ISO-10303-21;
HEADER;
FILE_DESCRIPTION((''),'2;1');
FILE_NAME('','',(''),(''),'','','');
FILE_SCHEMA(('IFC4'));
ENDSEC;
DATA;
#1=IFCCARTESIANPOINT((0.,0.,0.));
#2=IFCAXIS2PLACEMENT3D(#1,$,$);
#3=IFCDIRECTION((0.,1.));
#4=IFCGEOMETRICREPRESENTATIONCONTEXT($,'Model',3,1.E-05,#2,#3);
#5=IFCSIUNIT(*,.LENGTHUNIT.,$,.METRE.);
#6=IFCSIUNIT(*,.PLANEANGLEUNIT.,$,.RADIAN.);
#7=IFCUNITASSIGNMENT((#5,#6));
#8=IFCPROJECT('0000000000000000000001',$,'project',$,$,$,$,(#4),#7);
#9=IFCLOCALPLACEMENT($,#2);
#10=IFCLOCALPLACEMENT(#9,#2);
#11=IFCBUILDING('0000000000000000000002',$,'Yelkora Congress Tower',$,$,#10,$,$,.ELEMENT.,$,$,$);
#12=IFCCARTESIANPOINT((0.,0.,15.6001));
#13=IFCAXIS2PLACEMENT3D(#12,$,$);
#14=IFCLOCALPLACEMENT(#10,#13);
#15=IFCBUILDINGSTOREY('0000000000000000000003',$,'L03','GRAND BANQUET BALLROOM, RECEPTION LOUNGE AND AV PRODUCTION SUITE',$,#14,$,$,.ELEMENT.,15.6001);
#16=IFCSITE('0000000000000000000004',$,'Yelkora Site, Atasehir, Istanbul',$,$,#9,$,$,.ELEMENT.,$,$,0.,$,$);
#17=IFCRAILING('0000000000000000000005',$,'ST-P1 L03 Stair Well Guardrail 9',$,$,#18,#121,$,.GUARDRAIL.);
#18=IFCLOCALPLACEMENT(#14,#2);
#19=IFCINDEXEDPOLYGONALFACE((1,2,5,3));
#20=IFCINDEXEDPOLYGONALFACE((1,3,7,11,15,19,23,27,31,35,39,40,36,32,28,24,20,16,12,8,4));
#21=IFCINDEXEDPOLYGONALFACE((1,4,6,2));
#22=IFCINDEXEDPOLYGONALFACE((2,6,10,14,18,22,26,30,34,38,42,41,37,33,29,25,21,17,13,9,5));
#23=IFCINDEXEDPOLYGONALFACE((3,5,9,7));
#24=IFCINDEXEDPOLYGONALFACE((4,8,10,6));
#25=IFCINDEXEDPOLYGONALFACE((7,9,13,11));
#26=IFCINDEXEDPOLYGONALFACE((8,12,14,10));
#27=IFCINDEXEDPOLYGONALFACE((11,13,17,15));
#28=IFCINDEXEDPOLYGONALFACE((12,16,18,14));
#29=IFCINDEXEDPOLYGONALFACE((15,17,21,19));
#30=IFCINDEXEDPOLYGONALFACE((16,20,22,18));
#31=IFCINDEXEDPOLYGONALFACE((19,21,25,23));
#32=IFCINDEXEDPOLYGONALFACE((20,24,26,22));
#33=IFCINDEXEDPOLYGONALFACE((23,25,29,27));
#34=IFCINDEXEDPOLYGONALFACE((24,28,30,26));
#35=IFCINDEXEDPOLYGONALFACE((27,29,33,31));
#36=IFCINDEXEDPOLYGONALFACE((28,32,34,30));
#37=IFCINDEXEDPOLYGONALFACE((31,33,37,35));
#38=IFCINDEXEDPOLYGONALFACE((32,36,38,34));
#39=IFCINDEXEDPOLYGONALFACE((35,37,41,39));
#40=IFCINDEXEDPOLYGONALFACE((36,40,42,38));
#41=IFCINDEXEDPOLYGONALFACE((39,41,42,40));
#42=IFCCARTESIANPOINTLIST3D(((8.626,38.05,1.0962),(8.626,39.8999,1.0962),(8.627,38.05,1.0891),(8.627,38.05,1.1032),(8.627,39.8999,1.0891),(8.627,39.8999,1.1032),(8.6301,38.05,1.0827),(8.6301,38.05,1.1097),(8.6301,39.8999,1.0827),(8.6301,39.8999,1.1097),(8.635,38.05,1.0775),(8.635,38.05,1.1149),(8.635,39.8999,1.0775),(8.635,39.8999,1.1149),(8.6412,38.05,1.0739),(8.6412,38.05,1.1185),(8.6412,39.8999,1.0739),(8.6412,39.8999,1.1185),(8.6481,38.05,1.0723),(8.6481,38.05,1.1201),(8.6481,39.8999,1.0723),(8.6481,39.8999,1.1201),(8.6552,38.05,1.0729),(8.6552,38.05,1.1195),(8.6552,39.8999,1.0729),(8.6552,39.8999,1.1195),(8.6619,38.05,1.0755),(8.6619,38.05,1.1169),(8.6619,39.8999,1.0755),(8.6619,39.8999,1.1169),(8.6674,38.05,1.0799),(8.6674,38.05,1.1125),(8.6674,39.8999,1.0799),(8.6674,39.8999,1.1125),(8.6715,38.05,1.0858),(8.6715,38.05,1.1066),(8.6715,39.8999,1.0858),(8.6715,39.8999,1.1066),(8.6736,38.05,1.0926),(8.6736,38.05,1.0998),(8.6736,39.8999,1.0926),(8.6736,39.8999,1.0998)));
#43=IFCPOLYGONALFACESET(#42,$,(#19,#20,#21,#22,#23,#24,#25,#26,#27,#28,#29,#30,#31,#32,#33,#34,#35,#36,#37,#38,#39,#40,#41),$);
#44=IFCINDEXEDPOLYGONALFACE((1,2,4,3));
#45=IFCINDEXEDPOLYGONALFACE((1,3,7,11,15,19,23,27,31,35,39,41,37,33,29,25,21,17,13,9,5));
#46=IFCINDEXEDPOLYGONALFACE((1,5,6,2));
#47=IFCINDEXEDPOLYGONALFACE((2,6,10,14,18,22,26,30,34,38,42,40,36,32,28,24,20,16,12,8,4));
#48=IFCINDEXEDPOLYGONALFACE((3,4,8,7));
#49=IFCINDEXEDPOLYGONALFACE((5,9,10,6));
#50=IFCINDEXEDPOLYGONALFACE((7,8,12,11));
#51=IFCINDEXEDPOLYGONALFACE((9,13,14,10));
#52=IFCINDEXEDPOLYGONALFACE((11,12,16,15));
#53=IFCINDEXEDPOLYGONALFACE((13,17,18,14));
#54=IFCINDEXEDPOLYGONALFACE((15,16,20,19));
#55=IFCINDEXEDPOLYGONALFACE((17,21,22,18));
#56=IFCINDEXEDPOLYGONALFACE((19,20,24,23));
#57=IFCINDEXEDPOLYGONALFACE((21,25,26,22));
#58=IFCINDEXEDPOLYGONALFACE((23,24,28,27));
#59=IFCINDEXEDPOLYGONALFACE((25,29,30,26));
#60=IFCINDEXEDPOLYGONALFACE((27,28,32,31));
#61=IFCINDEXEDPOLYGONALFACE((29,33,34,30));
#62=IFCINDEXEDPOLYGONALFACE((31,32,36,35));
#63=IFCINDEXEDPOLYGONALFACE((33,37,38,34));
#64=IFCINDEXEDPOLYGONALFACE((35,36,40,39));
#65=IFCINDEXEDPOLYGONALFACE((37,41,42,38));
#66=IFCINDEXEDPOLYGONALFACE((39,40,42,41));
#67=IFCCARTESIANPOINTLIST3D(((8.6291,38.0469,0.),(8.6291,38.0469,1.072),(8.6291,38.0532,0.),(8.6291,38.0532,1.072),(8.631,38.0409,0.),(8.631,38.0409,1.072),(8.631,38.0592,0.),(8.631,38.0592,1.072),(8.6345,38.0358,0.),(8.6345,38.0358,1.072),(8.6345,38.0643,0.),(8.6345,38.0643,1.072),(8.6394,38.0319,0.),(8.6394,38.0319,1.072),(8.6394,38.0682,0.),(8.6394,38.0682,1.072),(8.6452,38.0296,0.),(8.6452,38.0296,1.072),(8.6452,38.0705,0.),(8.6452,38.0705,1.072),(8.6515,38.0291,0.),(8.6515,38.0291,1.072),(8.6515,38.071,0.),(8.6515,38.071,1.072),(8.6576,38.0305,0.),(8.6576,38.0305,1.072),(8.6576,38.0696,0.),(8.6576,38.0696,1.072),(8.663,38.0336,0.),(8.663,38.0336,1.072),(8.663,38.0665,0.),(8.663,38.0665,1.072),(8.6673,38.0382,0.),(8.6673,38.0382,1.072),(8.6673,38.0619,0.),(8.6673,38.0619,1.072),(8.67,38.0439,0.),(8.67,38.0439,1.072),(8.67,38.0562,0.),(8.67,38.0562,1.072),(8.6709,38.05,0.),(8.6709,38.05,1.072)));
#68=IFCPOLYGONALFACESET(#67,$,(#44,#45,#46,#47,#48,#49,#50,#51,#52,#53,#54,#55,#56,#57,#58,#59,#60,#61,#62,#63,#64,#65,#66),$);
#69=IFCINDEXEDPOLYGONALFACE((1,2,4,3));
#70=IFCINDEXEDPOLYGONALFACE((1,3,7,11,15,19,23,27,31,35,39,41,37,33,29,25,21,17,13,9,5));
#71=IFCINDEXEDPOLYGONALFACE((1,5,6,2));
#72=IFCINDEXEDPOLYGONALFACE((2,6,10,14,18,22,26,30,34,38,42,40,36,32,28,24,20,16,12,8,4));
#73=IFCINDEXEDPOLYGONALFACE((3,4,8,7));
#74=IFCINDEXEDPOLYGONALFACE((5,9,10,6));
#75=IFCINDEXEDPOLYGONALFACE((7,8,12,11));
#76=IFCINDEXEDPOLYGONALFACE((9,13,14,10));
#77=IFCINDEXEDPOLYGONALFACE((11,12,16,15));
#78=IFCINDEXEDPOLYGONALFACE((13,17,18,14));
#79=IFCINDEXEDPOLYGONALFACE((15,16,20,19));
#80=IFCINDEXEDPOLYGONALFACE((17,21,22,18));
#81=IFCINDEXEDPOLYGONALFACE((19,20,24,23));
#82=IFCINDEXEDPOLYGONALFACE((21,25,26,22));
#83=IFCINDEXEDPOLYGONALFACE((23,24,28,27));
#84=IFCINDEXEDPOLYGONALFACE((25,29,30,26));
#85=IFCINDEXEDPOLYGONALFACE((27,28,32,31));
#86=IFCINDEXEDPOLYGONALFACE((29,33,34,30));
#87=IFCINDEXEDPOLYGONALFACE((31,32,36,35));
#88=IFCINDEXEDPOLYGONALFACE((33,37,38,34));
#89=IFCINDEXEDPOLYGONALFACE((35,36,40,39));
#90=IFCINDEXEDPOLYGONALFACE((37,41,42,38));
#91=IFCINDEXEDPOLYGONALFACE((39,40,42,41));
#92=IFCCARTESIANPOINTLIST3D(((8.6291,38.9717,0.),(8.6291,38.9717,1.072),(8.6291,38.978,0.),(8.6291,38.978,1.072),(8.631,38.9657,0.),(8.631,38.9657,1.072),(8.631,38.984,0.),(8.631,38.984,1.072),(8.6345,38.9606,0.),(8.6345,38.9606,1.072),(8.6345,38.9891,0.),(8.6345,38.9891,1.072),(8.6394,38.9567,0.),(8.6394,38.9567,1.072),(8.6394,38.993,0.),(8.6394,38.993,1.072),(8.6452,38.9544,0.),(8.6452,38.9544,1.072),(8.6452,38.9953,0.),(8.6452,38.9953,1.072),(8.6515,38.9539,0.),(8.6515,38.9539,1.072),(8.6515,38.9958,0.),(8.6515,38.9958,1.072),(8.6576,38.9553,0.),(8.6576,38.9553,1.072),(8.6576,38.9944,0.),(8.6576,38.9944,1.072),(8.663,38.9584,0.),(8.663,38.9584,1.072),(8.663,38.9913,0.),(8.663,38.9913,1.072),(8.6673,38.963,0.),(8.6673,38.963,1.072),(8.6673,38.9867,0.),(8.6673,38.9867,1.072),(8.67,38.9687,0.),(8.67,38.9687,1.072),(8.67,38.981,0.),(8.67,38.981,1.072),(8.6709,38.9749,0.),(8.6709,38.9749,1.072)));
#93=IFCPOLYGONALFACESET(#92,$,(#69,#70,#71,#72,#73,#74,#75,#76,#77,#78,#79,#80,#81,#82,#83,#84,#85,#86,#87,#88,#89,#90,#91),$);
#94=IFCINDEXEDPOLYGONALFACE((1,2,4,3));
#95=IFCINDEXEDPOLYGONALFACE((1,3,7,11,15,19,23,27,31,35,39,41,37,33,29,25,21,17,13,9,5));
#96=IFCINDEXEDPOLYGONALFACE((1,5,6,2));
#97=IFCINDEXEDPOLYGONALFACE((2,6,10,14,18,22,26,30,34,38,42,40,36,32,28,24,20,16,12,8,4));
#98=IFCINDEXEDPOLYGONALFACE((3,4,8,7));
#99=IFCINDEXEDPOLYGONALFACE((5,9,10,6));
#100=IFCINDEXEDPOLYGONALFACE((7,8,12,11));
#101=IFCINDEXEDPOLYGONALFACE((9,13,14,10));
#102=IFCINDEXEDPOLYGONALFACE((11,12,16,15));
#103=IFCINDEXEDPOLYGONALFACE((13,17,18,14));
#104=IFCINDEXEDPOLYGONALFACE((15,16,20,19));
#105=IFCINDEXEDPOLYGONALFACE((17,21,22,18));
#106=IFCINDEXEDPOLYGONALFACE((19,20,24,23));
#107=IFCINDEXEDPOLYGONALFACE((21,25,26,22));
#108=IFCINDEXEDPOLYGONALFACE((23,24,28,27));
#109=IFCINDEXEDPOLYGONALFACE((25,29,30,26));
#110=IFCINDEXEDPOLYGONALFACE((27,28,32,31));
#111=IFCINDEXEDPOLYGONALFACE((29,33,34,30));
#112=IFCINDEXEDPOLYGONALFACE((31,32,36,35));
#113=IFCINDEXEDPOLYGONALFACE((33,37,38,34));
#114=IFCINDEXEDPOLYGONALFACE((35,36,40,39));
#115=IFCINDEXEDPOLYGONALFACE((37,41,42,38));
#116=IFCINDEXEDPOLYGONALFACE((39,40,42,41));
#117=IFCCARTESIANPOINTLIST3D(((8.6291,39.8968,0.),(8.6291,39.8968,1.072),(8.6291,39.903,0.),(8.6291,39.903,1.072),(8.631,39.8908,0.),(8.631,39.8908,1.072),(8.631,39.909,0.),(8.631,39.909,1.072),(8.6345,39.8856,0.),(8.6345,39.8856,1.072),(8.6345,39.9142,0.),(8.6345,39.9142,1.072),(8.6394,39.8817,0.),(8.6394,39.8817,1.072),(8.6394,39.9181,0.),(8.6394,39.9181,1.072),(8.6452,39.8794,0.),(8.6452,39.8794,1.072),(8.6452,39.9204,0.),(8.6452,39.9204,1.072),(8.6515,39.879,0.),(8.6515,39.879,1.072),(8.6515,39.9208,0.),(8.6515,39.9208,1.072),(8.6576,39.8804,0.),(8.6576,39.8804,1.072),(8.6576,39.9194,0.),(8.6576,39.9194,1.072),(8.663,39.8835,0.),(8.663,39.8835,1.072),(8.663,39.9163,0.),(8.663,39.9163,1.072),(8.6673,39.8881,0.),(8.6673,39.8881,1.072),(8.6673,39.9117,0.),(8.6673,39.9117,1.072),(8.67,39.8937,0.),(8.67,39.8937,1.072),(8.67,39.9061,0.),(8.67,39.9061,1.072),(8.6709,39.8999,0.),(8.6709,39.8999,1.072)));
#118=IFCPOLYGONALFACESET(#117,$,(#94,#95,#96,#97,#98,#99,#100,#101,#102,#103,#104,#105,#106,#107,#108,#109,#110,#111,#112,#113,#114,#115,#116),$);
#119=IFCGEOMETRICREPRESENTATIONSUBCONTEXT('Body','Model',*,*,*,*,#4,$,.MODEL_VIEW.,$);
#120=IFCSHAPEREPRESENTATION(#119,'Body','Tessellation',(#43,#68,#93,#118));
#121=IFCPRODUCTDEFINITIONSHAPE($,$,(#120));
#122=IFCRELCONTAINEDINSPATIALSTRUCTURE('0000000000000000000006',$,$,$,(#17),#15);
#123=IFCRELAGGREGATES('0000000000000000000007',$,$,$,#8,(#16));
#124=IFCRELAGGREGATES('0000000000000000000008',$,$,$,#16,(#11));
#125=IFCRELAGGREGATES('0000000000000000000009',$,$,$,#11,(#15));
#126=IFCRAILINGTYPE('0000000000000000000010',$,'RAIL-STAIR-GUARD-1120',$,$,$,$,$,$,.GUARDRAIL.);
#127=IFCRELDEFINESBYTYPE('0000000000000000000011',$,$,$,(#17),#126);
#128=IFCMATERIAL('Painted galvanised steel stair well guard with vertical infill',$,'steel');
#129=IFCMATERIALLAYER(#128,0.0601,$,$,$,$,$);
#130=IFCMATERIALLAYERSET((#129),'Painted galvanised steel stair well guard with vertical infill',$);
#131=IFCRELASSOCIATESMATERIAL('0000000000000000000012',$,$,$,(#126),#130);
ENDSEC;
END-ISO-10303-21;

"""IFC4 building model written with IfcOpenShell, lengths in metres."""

from ifc_helpers import new_model, si_unit, direction, frame, origin, origin_2d, place, context, subcontext, project, spatial, circle, extrude, material, layer, layer_set, type_object, element, save


model = new_model("IFC4")

# Units and contexts
model_context = context("Model", 3, precision=1e-05, world=origin(), true_north=direction((0.0, 1.0)))
body_context = subcontext(model_context, "Body", "Model", "MODEL_VIEW")
ifc_project = project(units=[si_unit("LENGTHUNIT", "METRE"), si_unit("PLANEANGLEUNIT", "RADIAN")], contexts=[model_context])

# Site, building, storey
site_placement = place(None, origin())
site = spatial("IfcSite", under=ifc_project, at=site_placement, Name="Yelkora Site, Atasehir, Istanbul", CompositionType="ELEMENT", RefElevation=0.0)
building_placement = place(site_placement, origin())
building = spatial("IfcBuilding", under=site, at=building_placement, Name="Yelkora Congress Tower", CompositionType="ELEMENT")
storey_placement = place(building_placement, frame((0.0, 0.0, 15.6001)))
storey = spatial("IfcBuildingStorey", under=building, at=storey_placement, Name="L03", Description="GRAND BANQUET BALLROOM, RECEPTION LOUNGE AND AV PRODUCTION SUITE", CompositionType="ELEMENT", Elevation=15.6001)

# Railing
ifc_material_1 = material(Name="Painted galvanised steel stair well guard with vertical infill", Category="steel")
ifc_layer_1 = layer(ifc_material_1, 0.0601)
ifc_layer_set_1 = layer_set([ifc_layer_1], Name="Painted galvanised steel stair well guard with vertical infill")
railing_type = type_object("IfcRailingType", Name="RAIL-STAIR-GUARD-1120", PredefinedType="GUARDRAIL", material=ifc_layer_set_1)
for number, where, name in (
    (1, (8.6499, 38.05, 0.0), "ST-P1 L03 Stair Well Guardrail 9"),
):
    element("IfcRailing", number, at=place(storey_placement, frame(where)), inside=storey, type_object=railing_type, Name=name, PredefinedType="GUARDRAIL", context=body_context, shape_type="SweptSolid", body=[
        extrude(circle(Radius=0.0239, at=origin_2d()), frame((0.0, 0.0, 1.0962), z_axis=(0.0, 1.0, 0.0), x_axis=(-1.0, 0.0, 0.0)), (0.0, 0.0, 1.0), 1.8499),
        extrude(circle(Radius=0.021, at=origin_2d()), origin(), (0.0, 0.0, 1.0), 1.072),
        extrude(circle(Radius=0.021, at=origin_2d()), frame((0.0, 0.9248, 0.0)), (0.0, 0.0, 1.0), 1.072),
        extrude(circle(Radius=0.021, at=origin_2d()), frame((0.0, 1.8499, 0.0)), (0.0, 0.0, 1.0), 1.072),
    ])

save(model, "model.ifc")
